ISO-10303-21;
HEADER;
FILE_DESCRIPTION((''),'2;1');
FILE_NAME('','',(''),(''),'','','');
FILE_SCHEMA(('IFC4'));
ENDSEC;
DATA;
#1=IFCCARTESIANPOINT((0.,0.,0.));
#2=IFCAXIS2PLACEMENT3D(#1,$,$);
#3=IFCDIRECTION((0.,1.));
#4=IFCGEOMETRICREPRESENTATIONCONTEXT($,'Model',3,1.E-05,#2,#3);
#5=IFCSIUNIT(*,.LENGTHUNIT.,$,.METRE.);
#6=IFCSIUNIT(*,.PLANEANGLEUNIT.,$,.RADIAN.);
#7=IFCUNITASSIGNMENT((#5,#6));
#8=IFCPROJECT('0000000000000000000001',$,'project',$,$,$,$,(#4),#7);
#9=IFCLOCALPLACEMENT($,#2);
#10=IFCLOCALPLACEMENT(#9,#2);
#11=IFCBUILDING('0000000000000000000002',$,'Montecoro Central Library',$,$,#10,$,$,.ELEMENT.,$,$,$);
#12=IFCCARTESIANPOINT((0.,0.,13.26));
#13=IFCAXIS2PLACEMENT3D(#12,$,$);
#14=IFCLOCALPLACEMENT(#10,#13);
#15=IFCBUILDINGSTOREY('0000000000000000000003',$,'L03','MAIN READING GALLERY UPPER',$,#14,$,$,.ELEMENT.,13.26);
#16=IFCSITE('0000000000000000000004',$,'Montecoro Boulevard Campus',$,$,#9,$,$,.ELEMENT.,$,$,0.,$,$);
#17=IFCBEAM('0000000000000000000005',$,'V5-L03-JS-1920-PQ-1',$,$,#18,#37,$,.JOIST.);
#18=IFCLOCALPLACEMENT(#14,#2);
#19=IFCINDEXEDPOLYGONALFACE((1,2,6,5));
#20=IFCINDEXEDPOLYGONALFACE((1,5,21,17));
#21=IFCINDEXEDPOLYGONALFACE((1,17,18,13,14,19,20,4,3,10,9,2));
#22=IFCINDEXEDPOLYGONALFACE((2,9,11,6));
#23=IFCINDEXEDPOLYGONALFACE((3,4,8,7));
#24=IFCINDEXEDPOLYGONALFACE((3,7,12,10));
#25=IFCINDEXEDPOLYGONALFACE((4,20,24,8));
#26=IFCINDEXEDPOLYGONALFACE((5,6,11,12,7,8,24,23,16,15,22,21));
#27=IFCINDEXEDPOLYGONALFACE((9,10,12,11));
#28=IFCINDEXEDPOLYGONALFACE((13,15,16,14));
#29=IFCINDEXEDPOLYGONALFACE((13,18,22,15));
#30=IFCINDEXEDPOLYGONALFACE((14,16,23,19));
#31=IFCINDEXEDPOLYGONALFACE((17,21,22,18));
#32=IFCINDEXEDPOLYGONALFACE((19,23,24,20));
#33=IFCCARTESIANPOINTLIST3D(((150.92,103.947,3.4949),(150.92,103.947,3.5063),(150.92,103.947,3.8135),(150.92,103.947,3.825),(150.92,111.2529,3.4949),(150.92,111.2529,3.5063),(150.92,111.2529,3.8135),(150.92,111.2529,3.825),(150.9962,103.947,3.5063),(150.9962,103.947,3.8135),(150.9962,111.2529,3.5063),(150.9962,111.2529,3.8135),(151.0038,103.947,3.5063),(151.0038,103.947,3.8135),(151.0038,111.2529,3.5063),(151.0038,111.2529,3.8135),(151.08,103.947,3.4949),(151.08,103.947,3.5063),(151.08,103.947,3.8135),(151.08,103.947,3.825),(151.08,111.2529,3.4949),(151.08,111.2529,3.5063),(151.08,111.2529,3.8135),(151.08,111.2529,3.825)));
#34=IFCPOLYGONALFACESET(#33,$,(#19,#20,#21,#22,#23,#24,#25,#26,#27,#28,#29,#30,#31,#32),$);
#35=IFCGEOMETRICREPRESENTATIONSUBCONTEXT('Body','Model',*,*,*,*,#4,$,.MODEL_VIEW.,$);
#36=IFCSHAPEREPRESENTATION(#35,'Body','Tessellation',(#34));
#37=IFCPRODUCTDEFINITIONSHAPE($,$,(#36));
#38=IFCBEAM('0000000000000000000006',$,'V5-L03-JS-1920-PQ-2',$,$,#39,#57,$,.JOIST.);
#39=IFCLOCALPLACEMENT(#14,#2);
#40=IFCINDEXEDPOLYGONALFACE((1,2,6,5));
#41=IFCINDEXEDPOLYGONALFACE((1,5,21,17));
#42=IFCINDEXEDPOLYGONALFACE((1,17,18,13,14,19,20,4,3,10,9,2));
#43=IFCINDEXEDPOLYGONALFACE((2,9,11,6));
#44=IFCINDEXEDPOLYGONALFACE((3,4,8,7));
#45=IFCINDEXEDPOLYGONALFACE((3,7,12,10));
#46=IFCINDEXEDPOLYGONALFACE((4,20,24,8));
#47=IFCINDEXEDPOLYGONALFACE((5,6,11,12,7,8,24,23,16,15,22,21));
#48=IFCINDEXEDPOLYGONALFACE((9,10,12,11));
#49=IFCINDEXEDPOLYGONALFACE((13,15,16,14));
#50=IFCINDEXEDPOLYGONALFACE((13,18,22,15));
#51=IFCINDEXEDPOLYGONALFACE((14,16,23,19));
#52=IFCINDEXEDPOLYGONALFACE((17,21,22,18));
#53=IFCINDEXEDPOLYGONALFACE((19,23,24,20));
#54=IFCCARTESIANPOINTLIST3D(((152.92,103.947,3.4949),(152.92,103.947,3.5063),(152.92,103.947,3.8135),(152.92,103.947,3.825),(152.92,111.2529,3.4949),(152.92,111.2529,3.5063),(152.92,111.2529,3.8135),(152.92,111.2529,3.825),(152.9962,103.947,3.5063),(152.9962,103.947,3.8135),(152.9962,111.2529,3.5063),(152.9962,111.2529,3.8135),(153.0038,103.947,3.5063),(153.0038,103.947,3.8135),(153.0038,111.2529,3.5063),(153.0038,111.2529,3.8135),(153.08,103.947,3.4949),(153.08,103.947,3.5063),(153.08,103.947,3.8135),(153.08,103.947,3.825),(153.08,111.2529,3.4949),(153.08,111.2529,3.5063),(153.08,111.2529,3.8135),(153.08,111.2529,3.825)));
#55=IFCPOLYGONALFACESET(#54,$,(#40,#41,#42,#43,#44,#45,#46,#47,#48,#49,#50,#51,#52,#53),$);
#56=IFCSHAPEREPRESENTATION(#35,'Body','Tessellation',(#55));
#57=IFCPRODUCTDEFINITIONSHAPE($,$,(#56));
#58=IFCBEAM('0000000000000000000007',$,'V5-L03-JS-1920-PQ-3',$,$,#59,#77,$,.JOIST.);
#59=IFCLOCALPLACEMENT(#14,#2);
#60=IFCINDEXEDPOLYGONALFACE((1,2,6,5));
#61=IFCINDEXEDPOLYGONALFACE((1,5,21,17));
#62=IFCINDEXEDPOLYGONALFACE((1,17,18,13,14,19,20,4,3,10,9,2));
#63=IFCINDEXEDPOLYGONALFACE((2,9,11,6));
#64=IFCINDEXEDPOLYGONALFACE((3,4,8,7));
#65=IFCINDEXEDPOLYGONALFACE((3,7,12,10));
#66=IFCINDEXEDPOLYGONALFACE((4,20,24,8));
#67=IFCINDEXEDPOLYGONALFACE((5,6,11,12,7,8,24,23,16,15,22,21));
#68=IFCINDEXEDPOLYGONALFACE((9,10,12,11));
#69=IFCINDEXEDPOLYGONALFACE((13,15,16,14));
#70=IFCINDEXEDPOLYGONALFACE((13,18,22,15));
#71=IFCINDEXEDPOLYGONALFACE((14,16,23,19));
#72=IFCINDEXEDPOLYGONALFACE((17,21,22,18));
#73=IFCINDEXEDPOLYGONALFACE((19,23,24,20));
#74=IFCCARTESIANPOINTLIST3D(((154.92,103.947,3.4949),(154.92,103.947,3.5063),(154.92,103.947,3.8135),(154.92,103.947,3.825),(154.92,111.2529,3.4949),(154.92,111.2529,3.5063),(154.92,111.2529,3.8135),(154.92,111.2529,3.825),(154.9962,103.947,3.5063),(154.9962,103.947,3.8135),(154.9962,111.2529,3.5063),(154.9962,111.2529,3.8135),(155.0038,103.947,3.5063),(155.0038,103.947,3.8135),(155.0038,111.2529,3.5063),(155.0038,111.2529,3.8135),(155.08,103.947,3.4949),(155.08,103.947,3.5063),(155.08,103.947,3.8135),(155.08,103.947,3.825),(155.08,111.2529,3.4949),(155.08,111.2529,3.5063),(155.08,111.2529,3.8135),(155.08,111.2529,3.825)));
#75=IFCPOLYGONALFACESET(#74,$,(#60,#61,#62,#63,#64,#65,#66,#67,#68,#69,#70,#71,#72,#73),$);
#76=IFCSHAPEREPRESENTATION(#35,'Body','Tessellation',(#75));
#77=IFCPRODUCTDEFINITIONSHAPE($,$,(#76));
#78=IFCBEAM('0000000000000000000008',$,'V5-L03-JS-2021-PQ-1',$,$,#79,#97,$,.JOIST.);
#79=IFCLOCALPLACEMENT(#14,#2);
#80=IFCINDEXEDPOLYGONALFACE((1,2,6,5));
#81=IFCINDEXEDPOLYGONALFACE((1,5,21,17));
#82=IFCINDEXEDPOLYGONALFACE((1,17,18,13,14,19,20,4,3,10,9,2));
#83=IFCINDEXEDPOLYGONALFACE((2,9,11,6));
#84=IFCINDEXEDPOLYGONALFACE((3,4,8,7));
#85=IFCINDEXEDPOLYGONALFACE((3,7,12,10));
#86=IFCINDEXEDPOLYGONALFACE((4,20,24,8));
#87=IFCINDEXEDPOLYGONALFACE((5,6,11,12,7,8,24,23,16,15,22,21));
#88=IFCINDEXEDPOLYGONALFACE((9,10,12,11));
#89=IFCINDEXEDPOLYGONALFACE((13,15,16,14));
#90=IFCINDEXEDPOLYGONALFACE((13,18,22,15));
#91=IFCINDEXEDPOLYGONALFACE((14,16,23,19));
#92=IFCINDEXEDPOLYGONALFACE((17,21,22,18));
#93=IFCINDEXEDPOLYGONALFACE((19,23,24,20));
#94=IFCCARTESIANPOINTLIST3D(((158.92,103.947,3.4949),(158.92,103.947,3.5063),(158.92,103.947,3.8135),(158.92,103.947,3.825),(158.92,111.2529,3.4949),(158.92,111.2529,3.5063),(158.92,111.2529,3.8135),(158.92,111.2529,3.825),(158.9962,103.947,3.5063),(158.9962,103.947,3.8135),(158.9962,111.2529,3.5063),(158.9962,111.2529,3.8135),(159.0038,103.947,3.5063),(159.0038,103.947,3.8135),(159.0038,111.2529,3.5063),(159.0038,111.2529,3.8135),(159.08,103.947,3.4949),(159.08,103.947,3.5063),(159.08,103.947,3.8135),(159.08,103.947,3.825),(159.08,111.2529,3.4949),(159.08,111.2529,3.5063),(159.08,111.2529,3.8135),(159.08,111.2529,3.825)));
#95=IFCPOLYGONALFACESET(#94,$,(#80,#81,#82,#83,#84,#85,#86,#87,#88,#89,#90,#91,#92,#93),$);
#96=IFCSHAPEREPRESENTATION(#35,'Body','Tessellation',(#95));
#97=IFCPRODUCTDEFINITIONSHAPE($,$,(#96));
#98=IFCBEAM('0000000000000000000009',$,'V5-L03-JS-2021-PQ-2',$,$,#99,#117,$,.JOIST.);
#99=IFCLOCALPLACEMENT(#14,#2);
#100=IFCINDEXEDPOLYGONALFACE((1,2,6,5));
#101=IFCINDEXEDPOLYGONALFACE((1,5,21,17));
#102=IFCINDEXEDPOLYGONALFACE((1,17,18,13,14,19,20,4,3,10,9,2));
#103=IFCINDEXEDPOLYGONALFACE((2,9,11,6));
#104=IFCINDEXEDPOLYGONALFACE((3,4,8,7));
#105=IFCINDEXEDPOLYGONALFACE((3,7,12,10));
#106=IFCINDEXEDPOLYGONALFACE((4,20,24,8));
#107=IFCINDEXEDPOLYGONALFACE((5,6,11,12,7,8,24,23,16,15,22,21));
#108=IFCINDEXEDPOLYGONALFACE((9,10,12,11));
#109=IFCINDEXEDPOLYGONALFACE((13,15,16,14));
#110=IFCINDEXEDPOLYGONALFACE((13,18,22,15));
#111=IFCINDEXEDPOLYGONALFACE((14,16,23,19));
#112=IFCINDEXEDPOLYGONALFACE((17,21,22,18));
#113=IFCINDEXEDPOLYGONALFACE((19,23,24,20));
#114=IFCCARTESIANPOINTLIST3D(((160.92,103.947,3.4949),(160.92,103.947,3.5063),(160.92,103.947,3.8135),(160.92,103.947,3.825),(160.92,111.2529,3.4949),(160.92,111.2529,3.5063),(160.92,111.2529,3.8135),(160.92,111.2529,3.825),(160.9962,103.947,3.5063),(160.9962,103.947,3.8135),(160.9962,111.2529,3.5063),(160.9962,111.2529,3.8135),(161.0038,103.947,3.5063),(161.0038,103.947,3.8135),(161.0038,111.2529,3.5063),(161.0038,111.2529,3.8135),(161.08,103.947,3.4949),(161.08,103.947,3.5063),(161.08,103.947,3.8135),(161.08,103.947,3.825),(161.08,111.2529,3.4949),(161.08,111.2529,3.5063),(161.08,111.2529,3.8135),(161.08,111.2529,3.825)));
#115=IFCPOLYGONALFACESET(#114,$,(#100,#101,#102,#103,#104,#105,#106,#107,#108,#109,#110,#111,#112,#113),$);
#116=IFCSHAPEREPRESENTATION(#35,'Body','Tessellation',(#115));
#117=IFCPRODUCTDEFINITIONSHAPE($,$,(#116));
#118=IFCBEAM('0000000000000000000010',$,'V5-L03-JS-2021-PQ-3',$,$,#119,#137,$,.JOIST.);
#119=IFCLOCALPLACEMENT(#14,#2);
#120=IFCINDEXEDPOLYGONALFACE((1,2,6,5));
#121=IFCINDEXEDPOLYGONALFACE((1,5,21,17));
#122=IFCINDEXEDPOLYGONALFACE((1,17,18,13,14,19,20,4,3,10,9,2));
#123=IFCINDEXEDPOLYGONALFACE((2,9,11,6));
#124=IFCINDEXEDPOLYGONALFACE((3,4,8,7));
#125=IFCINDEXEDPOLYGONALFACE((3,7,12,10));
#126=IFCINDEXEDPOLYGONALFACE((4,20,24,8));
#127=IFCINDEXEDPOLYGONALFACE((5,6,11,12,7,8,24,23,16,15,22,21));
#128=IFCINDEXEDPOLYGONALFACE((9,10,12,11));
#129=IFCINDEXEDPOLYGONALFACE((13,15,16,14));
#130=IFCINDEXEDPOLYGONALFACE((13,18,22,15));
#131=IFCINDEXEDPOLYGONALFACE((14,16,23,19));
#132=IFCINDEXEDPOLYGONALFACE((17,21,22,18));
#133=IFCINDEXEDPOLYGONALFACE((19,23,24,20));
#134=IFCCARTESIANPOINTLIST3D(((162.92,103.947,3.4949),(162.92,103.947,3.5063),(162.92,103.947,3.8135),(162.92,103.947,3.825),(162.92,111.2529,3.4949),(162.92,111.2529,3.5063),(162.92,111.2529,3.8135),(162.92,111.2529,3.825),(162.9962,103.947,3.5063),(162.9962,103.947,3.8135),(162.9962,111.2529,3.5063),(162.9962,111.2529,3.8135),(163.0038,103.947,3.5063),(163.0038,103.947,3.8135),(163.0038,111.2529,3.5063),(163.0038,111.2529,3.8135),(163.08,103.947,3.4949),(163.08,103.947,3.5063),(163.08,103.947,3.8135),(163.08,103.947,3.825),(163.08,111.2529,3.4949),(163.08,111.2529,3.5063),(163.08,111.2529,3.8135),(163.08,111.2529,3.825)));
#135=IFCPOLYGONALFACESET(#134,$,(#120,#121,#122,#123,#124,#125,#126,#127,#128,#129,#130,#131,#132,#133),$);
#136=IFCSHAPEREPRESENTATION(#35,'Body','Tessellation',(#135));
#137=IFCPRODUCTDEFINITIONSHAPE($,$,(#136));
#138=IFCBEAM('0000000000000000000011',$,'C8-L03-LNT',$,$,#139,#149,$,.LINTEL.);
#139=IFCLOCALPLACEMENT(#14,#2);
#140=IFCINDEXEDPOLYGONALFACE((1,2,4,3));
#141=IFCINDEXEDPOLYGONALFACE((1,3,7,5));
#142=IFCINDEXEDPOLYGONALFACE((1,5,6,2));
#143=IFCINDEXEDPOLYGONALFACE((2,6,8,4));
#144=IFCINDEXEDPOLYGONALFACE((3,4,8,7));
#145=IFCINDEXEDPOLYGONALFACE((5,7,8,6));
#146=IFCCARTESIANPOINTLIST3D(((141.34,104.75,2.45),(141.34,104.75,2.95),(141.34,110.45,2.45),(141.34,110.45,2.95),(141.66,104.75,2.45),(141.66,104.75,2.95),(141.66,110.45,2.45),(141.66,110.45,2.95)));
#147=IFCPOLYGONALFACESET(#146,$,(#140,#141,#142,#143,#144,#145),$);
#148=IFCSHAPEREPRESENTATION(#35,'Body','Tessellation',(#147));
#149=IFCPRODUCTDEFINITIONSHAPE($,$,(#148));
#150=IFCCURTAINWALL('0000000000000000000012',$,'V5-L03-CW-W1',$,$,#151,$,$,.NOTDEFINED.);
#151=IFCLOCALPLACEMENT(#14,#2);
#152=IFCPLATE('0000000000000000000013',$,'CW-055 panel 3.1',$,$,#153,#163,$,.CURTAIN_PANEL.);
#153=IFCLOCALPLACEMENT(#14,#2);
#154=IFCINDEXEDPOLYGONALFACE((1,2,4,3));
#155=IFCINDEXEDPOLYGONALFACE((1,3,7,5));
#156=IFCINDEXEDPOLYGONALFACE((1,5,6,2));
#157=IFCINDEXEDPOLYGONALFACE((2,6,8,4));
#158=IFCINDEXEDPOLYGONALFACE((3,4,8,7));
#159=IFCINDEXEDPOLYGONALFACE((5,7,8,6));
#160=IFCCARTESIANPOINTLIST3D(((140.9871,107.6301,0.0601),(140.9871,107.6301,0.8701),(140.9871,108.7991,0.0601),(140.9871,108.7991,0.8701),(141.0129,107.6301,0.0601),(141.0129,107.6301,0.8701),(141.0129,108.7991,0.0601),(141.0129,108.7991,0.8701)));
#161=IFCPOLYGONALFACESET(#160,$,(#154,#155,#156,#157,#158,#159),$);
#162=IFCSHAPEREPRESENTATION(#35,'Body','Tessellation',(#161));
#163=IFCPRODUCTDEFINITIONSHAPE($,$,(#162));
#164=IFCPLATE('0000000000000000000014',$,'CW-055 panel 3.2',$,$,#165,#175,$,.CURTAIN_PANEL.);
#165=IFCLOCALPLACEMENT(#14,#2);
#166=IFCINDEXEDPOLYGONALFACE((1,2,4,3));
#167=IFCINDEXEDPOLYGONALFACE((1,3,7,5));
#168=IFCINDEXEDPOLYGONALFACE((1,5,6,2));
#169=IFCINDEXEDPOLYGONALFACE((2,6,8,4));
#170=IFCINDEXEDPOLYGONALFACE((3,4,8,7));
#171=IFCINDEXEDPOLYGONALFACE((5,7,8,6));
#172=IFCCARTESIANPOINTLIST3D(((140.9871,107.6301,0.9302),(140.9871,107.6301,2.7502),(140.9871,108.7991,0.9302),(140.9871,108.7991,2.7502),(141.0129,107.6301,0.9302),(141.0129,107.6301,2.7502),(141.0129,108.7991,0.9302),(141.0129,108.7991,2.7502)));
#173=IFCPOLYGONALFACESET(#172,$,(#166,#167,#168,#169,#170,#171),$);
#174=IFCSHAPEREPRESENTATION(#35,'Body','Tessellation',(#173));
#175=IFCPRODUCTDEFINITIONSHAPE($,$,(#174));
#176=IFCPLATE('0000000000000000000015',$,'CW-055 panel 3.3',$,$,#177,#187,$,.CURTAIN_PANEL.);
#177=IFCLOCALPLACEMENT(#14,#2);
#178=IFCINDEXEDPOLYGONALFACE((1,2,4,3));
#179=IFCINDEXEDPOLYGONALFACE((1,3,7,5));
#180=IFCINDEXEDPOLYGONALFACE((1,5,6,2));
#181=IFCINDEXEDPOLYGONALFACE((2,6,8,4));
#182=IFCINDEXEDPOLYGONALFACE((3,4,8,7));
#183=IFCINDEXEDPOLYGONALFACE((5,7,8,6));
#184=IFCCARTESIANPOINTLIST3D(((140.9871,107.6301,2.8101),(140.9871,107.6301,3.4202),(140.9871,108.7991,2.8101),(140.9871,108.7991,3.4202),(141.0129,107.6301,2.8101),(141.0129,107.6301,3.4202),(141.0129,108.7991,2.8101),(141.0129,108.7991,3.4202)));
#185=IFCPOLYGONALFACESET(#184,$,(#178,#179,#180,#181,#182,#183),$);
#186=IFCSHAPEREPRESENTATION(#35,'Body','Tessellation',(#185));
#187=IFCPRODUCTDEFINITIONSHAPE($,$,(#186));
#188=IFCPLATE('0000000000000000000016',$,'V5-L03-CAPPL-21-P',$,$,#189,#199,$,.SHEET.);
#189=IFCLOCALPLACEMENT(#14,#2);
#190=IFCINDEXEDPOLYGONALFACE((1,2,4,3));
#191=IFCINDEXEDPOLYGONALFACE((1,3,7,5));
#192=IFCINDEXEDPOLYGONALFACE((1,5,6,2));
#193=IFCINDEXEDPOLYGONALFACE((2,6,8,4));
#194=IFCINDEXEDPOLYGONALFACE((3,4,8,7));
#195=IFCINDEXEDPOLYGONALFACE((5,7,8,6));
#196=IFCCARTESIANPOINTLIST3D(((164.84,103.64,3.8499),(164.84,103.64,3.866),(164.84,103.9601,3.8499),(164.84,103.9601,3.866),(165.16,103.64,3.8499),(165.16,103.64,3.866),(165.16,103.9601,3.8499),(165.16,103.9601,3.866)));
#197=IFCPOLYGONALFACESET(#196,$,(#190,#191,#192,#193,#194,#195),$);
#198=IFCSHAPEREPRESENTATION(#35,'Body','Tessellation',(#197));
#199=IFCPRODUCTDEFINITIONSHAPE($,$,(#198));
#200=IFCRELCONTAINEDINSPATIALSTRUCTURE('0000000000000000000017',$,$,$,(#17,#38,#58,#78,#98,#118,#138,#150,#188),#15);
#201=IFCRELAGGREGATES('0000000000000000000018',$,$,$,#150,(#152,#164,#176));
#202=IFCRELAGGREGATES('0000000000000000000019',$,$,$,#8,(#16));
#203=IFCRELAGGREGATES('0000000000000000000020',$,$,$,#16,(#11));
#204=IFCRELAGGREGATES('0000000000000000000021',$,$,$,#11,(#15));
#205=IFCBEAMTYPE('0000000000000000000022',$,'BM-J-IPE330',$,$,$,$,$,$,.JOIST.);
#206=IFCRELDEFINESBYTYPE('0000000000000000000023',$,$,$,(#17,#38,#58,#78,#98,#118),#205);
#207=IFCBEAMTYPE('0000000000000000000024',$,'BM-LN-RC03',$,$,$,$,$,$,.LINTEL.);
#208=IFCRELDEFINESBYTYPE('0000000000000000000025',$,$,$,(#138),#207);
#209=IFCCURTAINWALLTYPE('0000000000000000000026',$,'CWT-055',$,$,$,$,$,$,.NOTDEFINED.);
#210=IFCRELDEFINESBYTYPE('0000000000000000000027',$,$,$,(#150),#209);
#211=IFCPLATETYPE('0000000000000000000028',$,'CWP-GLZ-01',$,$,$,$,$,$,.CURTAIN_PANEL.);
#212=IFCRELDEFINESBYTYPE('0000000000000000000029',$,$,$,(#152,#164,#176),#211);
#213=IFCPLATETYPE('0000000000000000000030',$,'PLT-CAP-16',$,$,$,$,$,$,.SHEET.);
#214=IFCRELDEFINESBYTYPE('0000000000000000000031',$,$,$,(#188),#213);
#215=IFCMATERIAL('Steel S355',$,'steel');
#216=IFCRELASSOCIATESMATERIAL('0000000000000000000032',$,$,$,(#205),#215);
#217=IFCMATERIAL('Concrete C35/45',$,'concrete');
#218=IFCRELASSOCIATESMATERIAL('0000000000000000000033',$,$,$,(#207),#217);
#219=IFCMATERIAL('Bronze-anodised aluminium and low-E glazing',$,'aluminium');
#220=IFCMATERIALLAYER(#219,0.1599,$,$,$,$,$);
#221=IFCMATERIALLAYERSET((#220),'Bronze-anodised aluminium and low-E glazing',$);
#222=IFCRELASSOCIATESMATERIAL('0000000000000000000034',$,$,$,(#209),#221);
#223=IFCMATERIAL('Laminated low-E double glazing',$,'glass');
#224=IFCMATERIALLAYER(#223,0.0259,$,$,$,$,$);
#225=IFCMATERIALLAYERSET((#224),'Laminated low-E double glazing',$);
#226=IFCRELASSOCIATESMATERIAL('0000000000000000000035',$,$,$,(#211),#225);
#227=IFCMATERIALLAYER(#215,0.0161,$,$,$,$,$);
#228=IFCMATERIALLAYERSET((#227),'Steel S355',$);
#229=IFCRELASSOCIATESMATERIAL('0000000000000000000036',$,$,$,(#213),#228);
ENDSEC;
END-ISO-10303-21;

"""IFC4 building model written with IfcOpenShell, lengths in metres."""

from ifc_helpers import new_model, si_unit, direction, frame, origin, origin_2d, place, context, subcontext, project, spatial, rectangle, i_section, extrude, material, layer, layer_set, material_profile, profile_set, type_object, element, aggregate, save


model = new_model("IFC4")

# Units and contexts
model_context = context("Model", 3, precision=1e-05, world=origin(), true_north=direction((0.0, 1.0)))
body_context = subcontext(model_context, "Body", "Model", "MODEL_VIEW")
ifc_project = project(units=[si_unit("LENGTHUNIT", "METRE"), si_unit("PLANEANGLEUNIT", "RADIAN")], contexts=[model_context])

# Site, building, storey
site_placement = place(None, origin())
site = spatial("IfcSite", under=ifc_project, at=site_placement, Name="Montecoro Boulevard Campus", CompositionType="ELEMENT", RefElevation=0.0)
building_placement = place(site_placement, origin())
building = spatial("IfcBuilding", under=site, at=building_placement, Name="Montecoro Central Library", CompositionType="ELEMENT")
storey_placement = place(building_placement, frame((0.0, 0.0, 13.26)))
storey = spatial("IfcBuildingStorey", under=building, at=storey_placement, Name="L03", Description="MAIN READING GALLERY UPPER", CompositionType="ELEMENT", Elevation=13.26)

# Shared definitions
ifc_material_1 = material(Name="Steel S355", Category="steel")

# Beams
ifc_material_profile_1 = material_profile(ifc_material_1, i_section(OverallWidth=0.1599, OverallDepth=0.3301, WebThickness=0.0076, FlangeThickness=0.0115, at=origin_2d()), Name="IPE 330")
ifc_profile_set_1 = profile_set([ifc_material_profile_1], Name="Steel S355")
beam_type_1 = type_object("IfcBeamType", Name="BM-J-IPE330", PredefinedType="JOIST", material=ifc_profile_set_1)
for number, where, z_axis, x_axis, name in (
    (1, (151.0, 103.947, 3.6599), (0.0, 1.0, 0.0), (-1.0, 0.0, 0.0), "V5-L03-JS-1920-PQ-1"),
    (2, (153.0, 103.947, 3.6599), (0.0, 1.0, 0.0), (-1.0, 0.0, 0.0), "V5-L03-JS-1920-PQ-2"),
    (3, (155.0, 103.947, 3.6599), (0.0, 1.0, 0.0), (-1.0, 0.0, 0.0), "V5-L03-JS-1920-PQ-3"),
    (4, (159.0, 103.947, 3.6599), (0.0, 1.0, 0.0), (-1.0, 0.0, 0.0), "V5-L03-JS-2021-PQ-1"),
    (5, (161.0, 103.947, 3.6599), (0.0, 1.0, 0.0), (-1.0, 0.0, 0.0), "V5-L03-JS-2021-PQ-2"),
    (6, (163.0, 103.947, 3.6599), (0.0, 1.0, 0.0), (-1.0, 0.0, 0.0), "V5-L03-JS-2021-PQ-3"),
):
    element("IfcBeam", number, at=place(storey_placement, frame(where, z_axis=z_axis, x_axis=x_axis)), inside=storey, type_object=beam_type_1, Name=name, PredefinedType="JOIST", context=body_context, shape_type="SweptSolid", body=[
        extrude(i_section(OverallWidth=0.1599, OverallDepth=0.3301, WebThickness=0.0076, FlangeThickness=0.0115, at=origin_2d()), origin(), (0.0, 0.0, 1.0), 7.3059),
    ])
ifc_material_2 = material(Name="Concrete C35/45", Category="concrete")
ifc_material_profile_2 = material_profile(ifc_material_2, rectangle(XDim=0.3201, YDim=0.5, at=origin_2d()), Name="RC LNT 500x320")
ifc_profile_set_2 = profile_set([ifc_material_profile_2], Name="Concrete C35/45")
beam_type_2 = type_object("IfcBeamType", Name="BM-LN-RC03", PredefinedType="LINTEL", material=ifc_profile_set_2)
beam_placement = place(storey_placement, frame((141.5, 104.75, 2.7), z_axis=(0.0, 1.0, 0.0), x_axis=(-1.0, 0.0, 0.0)))
element("IfcBeam", 7, at=beam_placement, inside=storey, type_object=beam_type_2, Name="C8-L03-LNT", PredefinedType="LINTEL", context=body_context, shape_type="SweptSolid", body=[
    extrude(rectangle(XDim=0.3201, YDim=0.5, at=origin_2d()), origin(), (0.0, 0.0, 1.0), 5.7),
])

# Curtain wall, plates
ifc_material_3 = material(Name="Bronze-anodised aluminium and low-E glazing", Category="aluminium")
ifc_layer_1 = layer(ifc_material_3, 0.1599)
ifc_layer_set_1 = layer_set([ifc_layer_1], Name="Bronze-anodised aluminium and low-E glazing")
curtain_wall_type = type_object("IfcCurtainWallType", Name="CWT-055", PredefinedType="NOTDEFINED", material=ifc_layer_set_1)
curtain_wall_placement = place(storey_placement, origin())
curtain_wall = element("IfcCurtainWall", 8, at=curtain_wall_placement, inside=storey, type_object=curtain_wall_type, Name="V5-L03-CW-W1", PredefinedType="NOTDEFINED")
ifc_material_4 = material(Name="Laminated low-E double glazing", Category="glass")
ifc_layer_2 = layer(ifc_material_4, 0.0259)
ifc_layer_set_2 = layer_set([ifc_layer_2], Name="Laminated low-E double glazing")
plate_type_1 = type_object("IfcPlateType", Name="CWP-GLZ-01", PredefinedType="CURTAIN_PANEL", material=ifc_layer_set_2)
plate_1_placement = place(storey_placement, frame((141.0, 108.2146, 0.0601), z_axis=(0.0, 0.0, 1.0), x_axis=(0.0, -1.0, 0.0)))
plate_1 = element("IfcPlate", 9, at=plate_1_placement, type_object=plate_type_1, Name="CW-055 panel 3.1", PredefinedType="CURTAIN_PANEL", context=body_context, shape_type="SweptSolid", body=[
    extrude(rectangle(XDim=1.1689, YDim=0.0259, at=origin_2d()), origin(), (0.0, 0.0, 1.0), 0.8101),
])
plate_2_placement = place(storey_placement, frame((141.0, 108.2146, 0.9302), z_axis=(0.0, 0.0, 1.0), x_axis=(0.0, -1.0, 0.0)))
plate_2 = element("IfcPlate", 10, at=plate_2_placement, type_object=plate_type_1, Name="CW-055 panel 3.2", PredefinedType="CURTAIN_PANEL", context=body_context, shape_type="SweptSolid", body=[
    extrude(rectangle(XDim=1.1689, YDim=0.0259, at=origin_2d()), origin(), (0.0, 0.0, 1.0), 1.8201),
])
plate_3_placement = place(storey_placement, frame((141.0, 108.2146, 2.8101), z_axis=(0.0, 0.0, 1.0), x_axis=(0.0, -1.0, 0.0)))
plate_3 = element("IfcPlate", 11, at=plate_3_placement, type_object=plate_type_1, Name="CW-055 panel 3.3", PredefinedType="CURTAIN_PANEL", context=body_context, shape_type="SweptSolid", body=[
    extrude(rectangle(XDim=1.1689, YDim=0.0259, at=origin_2d()), origin(), (0.0, 0.0, 1.0), 0.6101),
])
aggregate(curtain_wall, [plate_1, plate_2, plate_3])

# Plate
ifc_layer_3 = layer(ifc_material_1, 0.0161)
ifc_layer_set_3 = layer_set([ifc_layer_3], Name="Steel S355")
plate_type_2 = type_object("IfcPlateType", Name="PLT-CAP-16", PredefinedType="SHEET", material=ifc_layer_set_3)
plate_4_placement = place(storey_placement, frame((165.0, 103.8, 3.8499), z_axis=(0.0, 0.0, 1.0), x_axis=(1.0, 0.0, 0.0)))
element("IfcPlate", 12, at=plate_4_placement, inside=storey, type_object=plate_type_2, Name="V5-L03-CAPPL-21-P", PredefinedType="SHEET", context=body_context, shape_type="SweptSolid", body=[
    extrude(rectangle(XDim=0.3201, YDim=0.3201, at=origin_2d()), origin(), (0.0, 0.0, 1.0), 0.0161),
])

save(model, "model.ifc")
